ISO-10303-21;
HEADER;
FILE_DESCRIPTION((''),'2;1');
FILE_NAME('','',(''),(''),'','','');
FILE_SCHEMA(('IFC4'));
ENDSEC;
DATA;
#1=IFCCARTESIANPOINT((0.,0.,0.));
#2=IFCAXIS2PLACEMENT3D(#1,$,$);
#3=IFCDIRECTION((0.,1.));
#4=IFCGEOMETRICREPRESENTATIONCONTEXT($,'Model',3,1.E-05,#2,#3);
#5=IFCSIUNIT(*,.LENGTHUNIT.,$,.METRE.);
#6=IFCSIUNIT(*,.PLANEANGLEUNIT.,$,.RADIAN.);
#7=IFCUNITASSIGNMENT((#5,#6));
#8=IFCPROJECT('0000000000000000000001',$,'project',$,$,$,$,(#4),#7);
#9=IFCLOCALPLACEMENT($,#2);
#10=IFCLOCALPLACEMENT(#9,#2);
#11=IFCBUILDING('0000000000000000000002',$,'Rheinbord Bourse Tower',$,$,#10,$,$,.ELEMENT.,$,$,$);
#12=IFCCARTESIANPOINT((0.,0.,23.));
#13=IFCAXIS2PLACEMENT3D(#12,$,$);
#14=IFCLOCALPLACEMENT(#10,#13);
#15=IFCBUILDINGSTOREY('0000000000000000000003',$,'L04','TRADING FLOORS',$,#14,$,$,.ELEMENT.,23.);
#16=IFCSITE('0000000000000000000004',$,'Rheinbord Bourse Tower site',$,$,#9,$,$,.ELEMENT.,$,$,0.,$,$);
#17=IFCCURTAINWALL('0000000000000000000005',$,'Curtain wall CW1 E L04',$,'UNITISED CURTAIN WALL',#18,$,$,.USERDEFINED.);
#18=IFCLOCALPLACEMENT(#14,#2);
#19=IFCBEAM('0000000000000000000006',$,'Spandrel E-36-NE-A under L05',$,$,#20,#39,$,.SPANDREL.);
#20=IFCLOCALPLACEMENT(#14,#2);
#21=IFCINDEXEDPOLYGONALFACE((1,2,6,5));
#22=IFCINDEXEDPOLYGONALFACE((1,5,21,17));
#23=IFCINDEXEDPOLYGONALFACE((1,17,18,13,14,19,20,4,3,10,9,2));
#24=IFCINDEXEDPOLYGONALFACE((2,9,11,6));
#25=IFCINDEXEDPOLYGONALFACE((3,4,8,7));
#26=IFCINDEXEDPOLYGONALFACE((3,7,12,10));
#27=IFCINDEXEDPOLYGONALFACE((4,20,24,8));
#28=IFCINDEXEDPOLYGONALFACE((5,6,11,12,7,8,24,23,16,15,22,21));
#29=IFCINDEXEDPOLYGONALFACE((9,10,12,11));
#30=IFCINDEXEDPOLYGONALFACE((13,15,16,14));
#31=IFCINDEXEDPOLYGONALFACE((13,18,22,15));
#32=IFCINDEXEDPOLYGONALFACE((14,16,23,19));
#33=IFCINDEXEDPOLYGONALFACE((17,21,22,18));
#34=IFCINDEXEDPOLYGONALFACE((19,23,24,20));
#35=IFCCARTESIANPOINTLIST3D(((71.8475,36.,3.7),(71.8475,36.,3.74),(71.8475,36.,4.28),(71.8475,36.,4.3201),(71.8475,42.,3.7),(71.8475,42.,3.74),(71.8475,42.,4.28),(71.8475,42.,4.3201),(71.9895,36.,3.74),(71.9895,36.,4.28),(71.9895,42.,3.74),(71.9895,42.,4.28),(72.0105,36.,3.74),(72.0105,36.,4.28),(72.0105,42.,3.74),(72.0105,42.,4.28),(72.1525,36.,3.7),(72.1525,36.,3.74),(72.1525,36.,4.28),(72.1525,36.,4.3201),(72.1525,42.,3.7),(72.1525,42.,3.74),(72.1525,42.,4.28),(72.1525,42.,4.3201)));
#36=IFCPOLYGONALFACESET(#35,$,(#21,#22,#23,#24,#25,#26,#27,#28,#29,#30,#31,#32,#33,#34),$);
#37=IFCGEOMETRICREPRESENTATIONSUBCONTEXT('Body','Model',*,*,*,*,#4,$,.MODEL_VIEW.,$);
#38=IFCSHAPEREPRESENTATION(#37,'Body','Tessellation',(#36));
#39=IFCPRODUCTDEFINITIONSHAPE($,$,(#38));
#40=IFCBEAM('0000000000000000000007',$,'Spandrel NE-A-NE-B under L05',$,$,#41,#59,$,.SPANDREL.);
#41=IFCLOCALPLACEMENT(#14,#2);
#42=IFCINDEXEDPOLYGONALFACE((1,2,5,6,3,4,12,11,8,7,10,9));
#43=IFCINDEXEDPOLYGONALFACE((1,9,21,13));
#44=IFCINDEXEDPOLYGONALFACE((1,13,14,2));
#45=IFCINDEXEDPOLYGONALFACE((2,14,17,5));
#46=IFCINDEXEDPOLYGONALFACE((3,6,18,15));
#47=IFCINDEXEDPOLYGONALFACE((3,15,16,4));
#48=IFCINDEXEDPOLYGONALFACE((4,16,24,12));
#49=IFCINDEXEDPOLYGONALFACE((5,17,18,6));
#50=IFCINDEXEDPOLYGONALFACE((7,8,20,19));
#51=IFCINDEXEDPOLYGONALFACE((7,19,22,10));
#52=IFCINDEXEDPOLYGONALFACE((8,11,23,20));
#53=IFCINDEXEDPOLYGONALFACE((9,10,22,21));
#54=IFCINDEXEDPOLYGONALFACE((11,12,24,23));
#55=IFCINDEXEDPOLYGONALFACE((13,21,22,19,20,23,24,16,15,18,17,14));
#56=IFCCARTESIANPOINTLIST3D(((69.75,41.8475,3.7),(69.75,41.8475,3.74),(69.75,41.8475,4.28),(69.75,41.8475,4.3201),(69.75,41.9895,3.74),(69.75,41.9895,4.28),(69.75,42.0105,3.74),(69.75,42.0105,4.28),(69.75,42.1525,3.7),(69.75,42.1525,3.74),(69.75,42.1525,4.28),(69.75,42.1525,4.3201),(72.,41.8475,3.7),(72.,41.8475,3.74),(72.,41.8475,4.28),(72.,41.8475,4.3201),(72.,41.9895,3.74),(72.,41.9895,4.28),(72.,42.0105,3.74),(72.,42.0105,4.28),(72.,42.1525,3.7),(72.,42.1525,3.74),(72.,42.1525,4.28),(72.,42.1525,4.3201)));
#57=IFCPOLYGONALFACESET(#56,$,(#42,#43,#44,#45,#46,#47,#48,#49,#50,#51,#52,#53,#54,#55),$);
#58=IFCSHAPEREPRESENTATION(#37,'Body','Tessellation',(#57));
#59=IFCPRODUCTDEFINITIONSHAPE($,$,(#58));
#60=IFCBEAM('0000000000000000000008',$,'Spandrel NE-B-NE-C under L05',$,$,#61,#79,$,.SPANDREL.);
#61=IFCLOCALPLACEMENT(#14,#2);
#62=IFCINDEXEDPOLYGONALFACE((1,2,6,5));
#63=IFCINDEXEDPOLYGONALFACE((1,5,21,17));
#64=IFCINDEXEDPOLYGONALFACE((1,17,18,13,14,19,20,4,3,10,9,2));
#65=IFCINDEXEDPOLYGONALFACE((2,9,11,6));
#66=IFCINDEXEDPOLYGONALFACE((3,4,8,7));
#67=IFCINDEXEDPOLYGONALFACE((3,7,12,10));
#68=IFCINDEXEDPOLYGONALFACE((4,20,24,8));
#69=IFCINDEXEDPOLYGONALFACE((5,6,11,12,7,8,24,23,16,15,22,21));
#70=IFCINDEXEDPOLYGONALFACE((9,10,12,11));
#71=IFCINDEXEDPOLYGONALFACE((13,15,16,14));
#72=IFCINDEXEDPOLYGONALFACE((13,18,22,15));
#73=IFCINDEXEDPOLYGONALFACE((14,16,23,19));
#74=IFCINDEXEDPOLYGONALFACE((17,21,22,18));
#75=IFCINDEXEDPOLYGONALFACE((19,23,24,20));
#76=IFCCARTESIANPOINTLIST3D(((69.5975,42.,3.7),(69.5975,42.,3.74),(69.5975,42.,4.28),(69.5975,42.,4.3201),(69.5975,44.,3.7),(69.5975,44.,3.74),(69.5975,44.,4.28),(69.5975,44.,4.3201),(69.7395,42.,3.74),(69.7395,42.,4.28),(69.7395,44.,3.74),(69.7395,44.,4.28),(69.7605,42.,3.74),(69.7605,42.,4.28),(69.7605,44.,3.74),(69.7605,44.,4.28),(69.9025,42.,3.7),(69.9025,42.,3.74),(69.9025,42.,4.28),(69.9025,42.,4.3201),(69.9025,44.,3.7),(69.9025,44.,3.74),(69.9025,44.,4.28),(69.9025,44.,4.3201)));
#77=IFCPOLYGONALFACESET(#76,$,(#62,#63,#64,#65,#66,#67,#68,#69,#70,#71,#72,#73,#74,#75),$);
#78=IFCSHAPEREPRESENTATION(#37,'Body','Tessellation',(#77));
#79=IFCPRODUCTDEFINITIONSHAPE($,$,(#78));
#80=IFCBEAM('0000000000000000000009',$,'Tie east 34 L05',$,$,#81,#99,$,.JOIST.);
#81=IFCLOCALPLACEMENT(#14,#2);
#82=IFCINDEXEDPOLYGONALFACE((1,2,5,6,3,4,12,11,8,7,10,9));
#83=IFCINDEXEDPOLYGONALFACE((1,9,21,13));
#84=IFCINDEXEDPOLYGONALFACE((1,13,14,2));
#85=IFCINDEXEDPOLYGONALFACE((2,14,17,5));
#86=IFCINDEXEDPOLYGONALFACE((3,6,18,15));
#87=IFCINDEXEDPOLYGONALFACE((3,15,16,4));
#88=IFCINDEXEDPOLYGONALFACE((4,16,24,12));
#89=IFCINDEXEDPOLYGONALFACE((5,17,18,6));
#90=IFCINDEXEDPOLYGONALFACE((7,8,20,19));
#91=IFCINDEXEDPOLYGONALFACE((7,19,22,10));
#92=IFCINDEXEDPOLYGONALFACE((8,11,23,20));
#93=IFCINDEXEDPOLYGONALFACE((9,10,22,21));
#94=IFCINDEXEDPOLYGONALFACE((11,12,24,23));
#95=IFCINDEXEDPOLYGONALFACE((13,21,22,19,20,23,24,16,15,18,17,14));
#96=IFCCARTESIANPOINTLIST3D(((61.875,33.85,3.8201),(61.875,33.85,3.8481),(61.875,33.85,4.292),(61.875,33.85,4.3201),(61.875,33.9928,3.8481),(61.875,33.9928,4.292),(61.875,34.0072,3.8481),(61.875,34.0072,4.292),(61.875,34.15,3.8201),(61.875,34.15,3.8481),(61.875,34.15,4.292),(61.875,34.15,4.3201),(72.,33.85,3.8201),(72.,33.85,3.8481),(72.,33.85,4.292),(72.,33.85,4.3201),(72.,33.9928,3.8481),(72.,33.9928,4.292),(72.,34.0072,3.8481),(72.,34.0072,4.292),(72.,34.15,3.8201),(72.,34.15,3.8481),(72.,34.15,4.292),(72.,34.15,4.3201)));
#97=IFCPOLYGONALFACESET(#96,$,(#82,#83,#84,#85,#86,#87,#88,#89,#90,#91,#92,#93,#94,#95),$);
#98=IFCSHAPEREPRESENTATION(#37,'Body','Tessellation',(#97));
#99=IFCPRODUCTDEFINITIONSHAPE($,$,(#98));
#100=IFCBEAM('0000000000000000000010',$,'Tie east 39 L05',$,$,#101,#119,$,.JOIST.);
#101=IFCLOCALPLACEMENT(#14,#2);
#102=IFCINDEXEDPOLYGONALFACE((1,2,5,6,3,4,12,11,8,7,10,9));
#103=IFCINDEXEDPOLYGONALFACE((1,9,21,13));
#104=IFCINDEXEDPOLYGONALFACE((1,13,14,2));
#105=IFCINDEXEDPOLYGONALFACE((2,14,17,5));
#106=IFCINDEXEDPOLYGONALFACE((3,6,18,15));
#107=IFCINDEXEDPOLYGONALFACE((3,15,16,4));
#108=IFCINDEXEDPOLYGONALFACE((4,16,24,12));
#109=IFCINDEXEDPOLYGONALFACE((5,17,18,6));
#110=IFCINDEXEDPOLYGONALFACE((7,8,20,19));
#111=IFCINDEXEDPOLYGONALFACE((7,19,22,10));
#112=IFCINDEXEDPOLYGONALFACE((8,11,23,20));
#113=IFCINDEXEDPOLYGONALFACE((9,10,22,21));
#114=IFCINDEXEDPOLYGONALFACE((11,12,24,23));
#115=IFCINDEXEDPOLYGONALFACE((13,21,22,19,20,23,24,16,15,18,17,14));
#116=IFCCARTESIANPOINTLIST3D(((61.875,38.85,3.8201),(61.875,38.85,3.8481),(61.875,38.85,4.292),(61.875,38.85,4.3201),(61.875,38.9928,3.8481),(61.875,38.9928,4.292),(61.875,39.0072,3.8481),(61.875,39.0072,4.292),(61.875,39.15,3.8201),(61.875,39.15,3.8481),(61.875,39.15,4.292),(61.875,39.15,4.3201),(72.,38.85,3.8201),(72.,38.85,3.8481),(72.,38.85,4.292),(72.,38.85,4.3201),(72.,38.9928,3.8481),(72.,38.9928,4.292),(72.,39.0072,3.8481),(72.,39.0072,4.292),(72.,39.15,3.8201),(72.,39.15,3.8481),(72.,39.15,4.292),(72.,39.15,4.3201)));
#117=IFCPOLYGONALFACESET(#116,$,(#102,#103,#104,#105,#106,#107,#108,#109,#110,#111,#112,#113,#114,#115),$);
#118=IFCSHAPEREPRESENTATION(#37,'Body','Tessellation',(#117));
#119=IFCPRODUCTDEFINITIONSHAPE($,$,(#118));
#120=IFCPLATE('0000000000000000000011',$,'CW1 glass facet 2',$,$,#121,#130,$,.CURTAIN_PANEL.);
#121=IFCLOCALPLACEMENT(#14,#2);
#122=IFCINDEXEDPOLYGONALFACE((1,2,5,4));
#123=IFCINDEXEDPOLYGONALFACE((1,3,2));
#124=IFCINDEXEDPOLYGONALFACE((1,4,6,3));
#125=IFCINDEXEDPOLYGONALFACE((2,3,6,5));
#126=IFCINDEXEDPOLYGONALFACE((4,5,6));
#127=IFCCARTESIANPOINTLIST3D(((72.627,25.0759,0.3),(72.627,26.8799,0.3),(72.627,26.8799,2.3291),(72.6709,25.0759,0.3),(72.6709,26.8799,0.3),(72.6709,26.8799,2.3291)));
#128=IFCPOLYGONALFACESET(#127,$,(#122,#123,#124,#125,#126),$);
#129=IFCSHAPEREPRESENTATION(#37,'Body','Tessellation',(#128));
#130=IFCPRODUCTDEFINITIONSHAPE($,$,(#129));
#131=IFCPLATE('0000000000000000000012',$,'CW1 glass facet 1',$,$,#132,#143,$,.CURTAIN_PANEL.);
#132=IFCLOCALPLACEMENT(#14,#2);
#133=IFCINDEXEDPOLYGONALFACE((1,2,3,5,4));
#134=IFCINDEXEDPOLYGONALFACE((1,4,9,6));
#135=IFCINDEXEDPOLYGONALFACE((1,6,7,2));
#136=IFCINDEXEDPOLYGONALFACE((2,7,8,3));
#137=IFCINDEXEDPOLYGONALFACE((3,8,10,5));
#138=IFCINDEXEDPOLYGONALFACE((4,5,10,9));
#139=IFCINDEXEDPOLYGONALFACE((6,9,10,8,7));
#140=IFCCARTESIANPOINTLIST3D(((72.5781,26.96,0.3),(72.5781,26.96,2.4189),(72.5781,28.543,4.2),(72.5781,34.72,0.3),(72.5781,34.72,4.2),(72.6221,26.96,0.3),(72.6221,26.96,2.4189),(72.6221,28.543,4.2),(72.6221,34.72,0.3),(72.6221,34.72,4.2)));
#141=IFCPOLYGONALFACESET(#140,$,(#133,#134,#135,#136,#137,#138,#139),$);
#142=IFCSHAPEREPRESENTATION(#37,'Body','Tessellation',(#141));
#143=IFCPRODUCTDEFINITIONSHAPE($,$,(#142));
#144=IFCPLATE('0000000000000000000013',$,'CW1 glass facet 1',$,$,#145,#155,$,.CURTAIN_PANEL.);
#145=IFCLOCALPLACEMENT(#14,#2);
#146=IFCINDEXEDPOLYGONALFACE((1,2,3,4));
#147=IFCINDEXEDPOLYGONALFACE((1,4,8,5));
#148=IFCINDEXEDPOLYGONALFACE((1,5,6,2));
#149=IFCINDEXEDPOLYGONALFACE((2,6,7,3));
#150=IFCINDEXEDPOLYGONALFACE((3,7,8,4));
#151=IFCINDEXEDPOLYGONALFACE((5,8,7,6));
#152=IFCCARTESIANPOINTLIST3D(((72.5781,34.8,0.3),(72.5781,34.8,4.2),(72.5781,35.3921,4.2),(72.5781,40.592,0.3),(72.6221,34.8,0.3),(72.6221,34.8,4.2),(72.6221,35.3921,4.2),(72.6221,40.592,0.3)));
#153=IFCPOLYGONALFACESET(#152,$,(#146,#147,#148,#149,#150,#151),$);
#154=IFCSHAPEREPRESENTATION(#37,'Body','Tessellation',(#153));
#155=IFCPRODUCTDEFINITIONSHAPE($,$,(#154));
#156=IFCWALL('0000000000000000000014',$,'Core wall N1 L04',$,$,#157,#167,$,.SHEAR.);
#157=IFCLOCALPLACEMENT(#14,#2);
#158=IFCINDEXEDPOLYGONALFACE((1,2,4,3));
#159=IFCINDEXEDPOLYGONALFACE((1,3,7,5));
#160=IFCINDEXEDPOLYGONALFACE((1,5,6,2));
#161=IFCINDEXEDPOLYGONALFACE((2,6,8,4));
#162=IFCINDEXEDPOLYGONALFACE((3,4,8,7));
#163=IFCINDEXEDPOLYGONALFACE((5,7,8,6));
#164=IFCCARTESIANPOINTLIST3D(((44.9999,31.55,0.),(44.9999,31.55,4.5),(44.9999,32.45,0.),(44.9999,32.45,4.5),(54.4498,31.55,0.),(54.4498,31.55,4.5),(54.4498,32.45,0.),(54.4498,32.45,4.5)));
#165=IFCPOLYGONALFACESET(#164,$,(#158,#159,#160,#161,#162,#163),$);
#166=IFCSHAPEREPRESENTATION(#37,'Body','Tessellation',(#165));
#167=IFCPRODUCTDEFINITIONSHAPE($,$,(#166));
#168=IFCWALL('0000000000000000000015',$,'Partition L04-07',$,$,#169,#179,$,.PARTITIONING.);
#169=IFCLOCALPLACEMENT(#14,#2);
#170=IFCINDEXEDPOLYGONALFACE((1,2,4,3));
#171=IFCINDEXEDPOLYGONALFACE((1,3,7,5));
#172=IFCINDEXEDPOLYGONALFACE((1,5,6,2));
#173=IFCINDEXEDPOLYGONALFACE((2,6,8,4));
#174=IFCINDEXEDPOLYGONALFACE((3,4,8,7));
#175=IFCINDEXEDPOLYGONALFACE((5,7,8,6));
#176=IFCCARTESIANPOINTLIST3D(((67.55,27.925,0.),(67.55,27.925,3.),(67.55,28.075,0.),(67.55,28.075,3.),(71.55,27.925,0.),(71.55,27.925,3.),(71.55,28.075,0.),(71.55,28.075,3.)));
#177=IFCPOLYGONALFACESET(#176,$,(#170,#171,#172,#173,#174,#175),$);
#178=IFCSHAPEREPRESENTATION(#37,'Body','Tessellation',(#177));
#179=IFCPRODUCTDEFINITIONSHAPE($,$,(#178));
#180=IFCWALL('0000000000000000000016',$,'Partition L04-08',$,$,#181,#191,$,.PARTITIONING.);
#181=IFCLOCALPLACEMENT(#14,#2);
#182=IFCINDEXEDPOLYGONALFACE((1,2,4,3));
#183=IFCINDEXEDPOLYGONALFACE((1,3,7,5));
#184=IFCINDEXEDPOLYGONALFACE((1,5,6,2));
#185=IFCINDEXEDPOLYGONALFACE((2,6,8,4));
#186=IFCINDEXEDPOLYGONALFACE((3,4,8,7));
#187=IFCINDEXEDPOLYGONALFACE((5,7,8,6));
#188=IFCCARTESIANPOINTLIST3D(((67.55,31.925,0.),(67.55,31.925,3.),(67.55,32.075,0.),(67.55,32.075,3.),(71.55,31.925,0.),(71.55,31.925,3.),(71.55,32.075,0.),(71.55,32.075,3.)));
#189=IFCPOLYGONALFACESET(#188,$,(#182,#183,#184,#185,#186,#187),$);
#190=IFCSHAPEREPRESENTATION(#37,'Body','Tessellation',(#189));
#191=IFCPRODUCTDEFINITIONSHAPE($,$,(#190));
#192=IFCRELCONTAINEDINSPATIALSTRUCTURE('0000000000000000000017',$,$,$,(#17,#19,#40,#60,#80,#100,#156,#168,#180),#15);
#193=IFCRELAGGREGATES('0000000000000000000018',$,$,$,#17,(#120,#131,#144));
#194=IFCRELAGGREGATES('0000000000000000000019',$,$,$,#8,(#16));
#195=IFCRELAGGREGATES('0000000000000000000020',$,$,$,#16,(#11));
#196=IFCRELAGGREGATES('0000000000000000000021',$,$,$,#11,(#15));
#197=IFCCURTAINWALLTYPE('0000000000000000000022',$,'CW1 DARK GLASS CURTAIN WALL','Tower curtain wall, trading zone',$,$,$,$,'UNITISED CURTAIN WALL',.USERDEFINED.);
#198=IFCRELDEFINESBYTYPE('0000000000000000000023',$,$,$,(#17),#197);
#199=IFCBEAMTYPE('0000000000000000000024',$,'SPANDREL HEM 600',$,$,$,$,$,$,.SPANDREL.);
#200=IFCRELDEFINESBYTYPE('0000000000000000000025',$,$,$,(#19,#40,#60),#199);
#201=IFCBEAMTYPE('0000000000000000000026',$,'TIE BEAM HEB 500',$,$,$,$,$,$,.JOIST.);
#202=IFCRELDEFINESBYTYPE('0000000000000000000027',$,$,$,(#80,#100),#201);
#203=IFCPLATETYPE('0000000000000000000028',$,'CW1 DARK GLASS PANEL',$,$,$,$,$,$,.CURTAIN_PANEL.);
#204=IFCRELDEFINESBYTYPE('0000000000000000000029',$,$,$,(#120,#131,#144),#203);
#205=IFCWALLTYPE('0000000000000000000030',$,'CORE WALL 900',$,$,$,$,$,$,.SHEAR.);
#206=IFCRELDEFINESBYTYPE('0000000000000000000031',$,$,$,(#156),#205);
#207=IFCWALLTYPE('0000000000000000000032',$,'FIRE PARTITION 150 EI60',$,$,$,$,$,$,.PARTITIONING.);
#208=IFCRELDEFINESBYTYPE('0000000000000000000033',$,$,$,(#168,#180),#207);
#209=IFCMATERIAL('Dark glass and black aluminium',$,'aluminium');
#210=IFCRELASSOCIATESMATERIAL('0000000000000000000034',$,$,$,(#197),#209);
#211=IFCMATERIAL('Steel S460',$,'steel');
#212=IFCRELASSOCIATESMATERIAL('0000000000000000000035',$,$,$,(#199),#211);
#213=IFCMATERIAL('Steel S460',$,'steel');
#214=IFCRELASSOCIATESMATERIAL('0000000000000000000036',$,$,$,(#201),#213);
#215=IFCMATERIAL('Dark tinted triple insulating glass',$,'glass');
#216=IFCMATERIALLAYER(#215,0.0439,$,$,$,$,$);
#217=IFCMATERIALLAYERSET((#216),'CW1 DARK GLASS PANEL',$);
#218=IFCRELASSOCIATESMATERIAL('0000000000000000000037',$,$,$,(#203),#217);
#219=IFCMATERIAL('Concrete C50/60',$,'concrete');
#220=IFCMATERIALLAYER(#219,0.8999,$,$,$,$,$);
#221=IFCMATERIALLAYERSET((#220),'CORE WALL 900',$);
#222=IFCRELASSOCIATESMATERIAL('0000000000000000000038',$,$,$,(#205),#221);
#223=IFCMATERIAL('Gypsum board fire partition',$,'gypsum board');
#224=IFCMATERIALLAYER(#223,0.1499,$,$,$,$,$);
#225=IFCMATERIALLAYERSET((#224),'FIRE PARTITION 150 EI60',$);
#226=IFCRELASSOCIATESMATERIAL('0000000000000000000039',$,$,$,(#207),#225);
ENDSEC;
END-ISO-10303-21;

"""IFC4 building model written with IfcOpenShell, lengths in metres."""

from ifc_helpers import new_model, si_unit, direction, frame, frame_2d, origin, origin_2d, place, context, subcontext, project, spatial, polyline, rectangle, i_section, outline, extrude, material, layer, layer_set, material_profile, profile_set, type_object, element, aggregate, save


model = new_model("IFC4")

# Units and contexts
model_context = context("Model", 3, precision=1e-05, world=origin(), true_north=direction((0.0, 1.0)))
body_context = subcontext(model_context, "Body", "Model", "MODEL_VIEW")
ifc_project = project(units=[si_unit("LENGTHUNIT", "METRE"), si_unit("PLANEANGLEUNIT", "RADIAN")], contexts=[model_context])

# Site, building, storey
site_placement = place(None, origin())
site = spatial("IfcSite", under=ifc_project, at=site_placement, Name="Rheinbord Bourse Tower site", CompositionType="ELEMENT", RefElevation=0.0)
building_placement = place(site_placement, origin())
building = spatial("IfcBuilding", under=site, at=building_placement, Name="Rheinbord Bourse Tower", CompositionType="ELEMENT")
storey_placement = place(building_placement, frame((0.0, 0.0, 23.0)))
storey = spatial("IfcBuildingStorey", under=building, at=storey_placement, Name="L04", Description="TRADING FLOORS", CompositionType="ELEMENT", Elevation=23.0)

# Curtain wall
ifc_material_1 = material(Name="Dark glass and black aluminium", Category="aluminium")
curtain_wall_type = type_object("IfcCurtainWallType", Name="CW1 DARK GLASS CURTAIN WALL", Description="Tower curtain wall, trading zone", ElementType="UNITISED CURTAIN WALL", PredefinedType="USERDEFINED", material=ifc_material_1)
curtain_wall_placement = place(storey_placement, origin())
curtain_wall = element("IfcCurtainWall", 1, at=curtain_wall_placement, inside=storey, type_object=curtain_wall_type, Name="Curtain wall CW1 E L04", ObjectType="UNITISED CURTAIN WALL", PredefinedType="USERDEFINED")

# Beams
ifc_material_2 = material(Name="Steel S460", Category="steel")
ifc_material_profile_1 = material_profile(ifc_material_2, i_section(OverallWidth=0.3049, OverallDepth=0.6201, WebThickness=0.021, FlangeThickness=0.04, at=origin_2d()), Name="HEM 600")
ifc_profile_set_1 = profile_set([ifc_material_profile_1], Name="Steel S460")
beam_type_1 = type_object("IfcBeamType", Name="SPANDREL HEM 600", PredefinedType="SPANDREL", material=ifc_profile_set_1)
beam_1_placement = place(storey_placement, frame((72.0, 36.0, 4.01), z_axis=(0.0, 1.0, 0.0), x_axis=(-1.0, 0.0, 0.0)))
element("IfcBeam", 2, at=beam_1_placement, inside=storey, type_object=beam_type_1, Name="Spandrel E-36-NE-A under L05", PredefinedType="SPANDREL", context=body_context, shape_type="SweptSolid", body=[
    extrude(i_section(OverallWidth=0.3049, OverallDepth=0.6201, WebThickness=0.021, FlangeThickness=0.04, at=origin_2d()), origin(), (0.0, 0.0, 1.0), 6.0),
])
beam_2_placement = place(storey_placement, frame((72.0, 42.0, 4.01), z_axis=(-1.0, 0.0, 0.0), x_axis=(0.0, -1.0, 0.0)))
element("IfcBeam", 3, at=beam_2_placement, inside=storey, type_object=beam_type_1, Name="Spandrel NE-A-NE-B under L05", PredefinedType="SPANDREL", context=body_context, shape_type="SweptSolid", body=[
    extrude(i_section(OverallWidth=0.3049, OverallDepth=0.6201, WebThickness=0.021, FlangeThickness=0.04, at=origin_2d()), origin(), (0.0, 0.0, 1.0), 2.25),
])
beam_3_placement = place(storey_placement, frame((69.75, 42.0, 4.01), z_axis=(0.0, 1.0, 0.0), x_axis=(-1.0, 0.0, 0.0)))
element("IfcBeam", 4, at=beam_3_placement, inside=storey, type_object=beam_type_1, Name="Spandrel NE-B-NE-C under L05", PredefinedType="SPANDREL", context=body_context, shape_type="SweptSolid", body=[
    extrude(i_section(OverallWidth=0.3049, OverallDepth=0.6201, WebThickness=0.021, FlangeThickness=0.04, at=origin_2d()), origin(), (0.0, 0.0, 1.0), 2.0),
])
ifc_material_3 = material(Name="Steel S460", Category="steel")
ifc_material_profile_2 = material_profile(ifc_material_3, i_section(OverallWidth=0.3, OverallDepth=0.5, WebThickness=0.0144, FlangeThickness=0.0281, at=origin_2d()), Name="HEB 500")
ifc_profile_set_2 = profile_set([ifc_material_profile_2], Name="Steel S460")
beam_type_2 = type_object("IfcBeamType", Name="TIE BEAM HEB 500", PredefinedType="JOIST", material=ifc_profile_set_2)
for number, where, z_axis, x_axis, name in (
    (5, (61.875, 34.0, 4.0701), (1.0, 0.0, 0.0), (0.0, 1.0, 0.0), "Tie east 34 L05"),
    (6, (61.875, 39.0, 4.0701), (1.0, 0.0, 0.0), (0.0, 1.0, 0.0), "Tie east 39 L05"),
):
    element("IfcBeam", number, at=place(storey_placement, frame(where, z_axis=z_axis, x_axis=x_axis)), inside=storey, type_object=beam_type_2, Name=name, PredefinedType="JOIST", context=body_context, shape_type="SweptSolid", body=[
        extrude(i_section(OverallWidth=0.3, OverallDepth=0.5, WebThickness=0.0144, FlangeThickness=0.0281, at=origin_2d()), origin(), (0.0, 0.0, 1.0), 10.125),
    ])

# Plates
ifc_material_4 = material(Name="Dark tinted triple insulating glass", Category="glass")
ifc_layer_1 = layer(ifc_material_4, 0.0439)
ifc_layer_set_1 = layer_set([ifc_layer_1], Name="CW1 DARK GLASS PANEL")
plate_type = type_object("IfcPlateType", Name="CW1 DARK GLASS PANEL", PredefinedType="CURTAIN_PANEL", material=ifc_layer_set_1)
plate_1_placement = place(storey_placement, frame((72.6709, 26.8799, 0.3), z_axis=(-1.0, 0.0, 0.0), x_axis=(0.0, -1.0, 0.0)))
plate_1 = element("IfcPlate", 7, at=plate_1_placement, type_object=plate_type, Name="CW1 glass facet 2", PredefinedType="CURTAIN_PANEL", context=body_context, shape_type="SweptSolid", body=[
    extrude(outline(polyline([(0.0, 0.0), (1.804, 0.0), (0.0, 2.0291), (0.0, 0.0)])), origin(), (0.0, 0.0, 1.0), 0.0439),
])
plate_2_placement = place(storey_placement, frame((72.6221, 34.72, 4.2), z_axis=(-1.0, 0.0, 0.0), x_axis=(0.0, 0.0, -1.0)))
plate_2 = element("IfcPlate", 8, at=plate_2_placement, type_object=plate_type, Name="CW1 glass facet 1", PredefinedType="CURTAIN_PANEL", context=body_context, shape_type="SweptSolid", body=[
    extrude(outline(polyline([(0.0, 0.0), (3.8999, 0.0), (3.8999, 7.76), (1.781, 7.76), (0.0, 6.177), (0.0, 0.0)])), origin(), (0.0, 0.0, 1.0), 0.0439),
])
plate_3_placement = place(storey_placement, frame((72.6221, 34.8, 0.3), z_axis=(-1.0, 0.0, 0.0), x_axis=(0.0, 0.0, 1.0)))
plate_3 = element("IfcPlate", 9, at=plate_3_placement, type_object=plate_type, Name="CW1 glass facet 1", PredefinedType="CURTAIN_PANEL", context=body_context, shape_type="SweptSolid", body=[
    extrude(outline(polyline([(0.0, 0.0), (3.8999, 0.0), (3.8999, 0.592), (0.0, 5.792), (0.0, 0.0)])), origin(), (0.0, 0.0, 1.0), 0.0439),
])
aggregate(curtain_wall, [plate_1, plate_2, plate_3])

# Walls
ifc_material_5 = material(Name="Concrete C50/60", Category="concrete")
ifc_layer_2 = layer(ifc_material_5, 0.8999)
ifc_layer_set_2 = layer_set([ifc_layer_2], Name="CORE WALL 900")
wall_type_1 = type_object("IfcWallType", Name="CORE WALL 900", PredefinedType="SHEAR", material=ifc_layer_set_2)
wall_1_placement = place(storey_placement, frame((54.45, 32.0, 0.0), z_axis=(0.0, 0.0, 1.0), x_axis=(-1.0, 0.0, 0.0)))
element("IfcWall", 10, at=wall_1_placement, inside=storey, type_object=wall_type_1, Name="Core wall N1 L04", PredefinedType="SHEAR", context=body_context, shape_type="SweptSolid", body=[
    extrude(rectangle(XDim=9.45, YDim=0.8999, at=frame_2d((4.7251, 0.0))), origin(), (0.0, 0.0, 1.0), 4.5),
])
ifc_material_6 = material(Name="Gypsum board fire partition", Category="gypsum board")
ifc_layer_3 = layer(ifc_material_6, 0.1499)
ifc_layer_set_3 = layer_set([ifc_layer_3], Name="FIRE PARTITION 150 EI60")
wall_type_2 = type_object("IfcWallType", Name="FIRE PARTITION 150 EI60", PredefinedType="PARTITIONING", material=ifc_layer_set_3)
for number, where, z_axis, x_axis, name in (
    (11, (67.55, 28.0, 0.0), (0.0, 0.0, 1.0), (1.0, 0.0, 0.0), "Partition L04-07"),
    (12, (67.55, 32.0, 0.0), (0.0, 0.0, 1.0), (1.0, 0.0, 0.0), "Partition L04-08"),
):
    element("IfcWall", number, at=place(storey_placement, frame(where, z_axis=z_axis, x_axis=x_axis)), inside=storey, type_object=wall_type_2, Name=name, PredefinedType="PARTITIONING", context=body_context, shape_type="SweptSolid", body=[
        extrude(rectangle(XDim=4.0, YDim=0.1499, at=frame_2d((2.0, 0.0))), origin(), (0.0, 0.0, 1.0), 3.0),
    ])

save(model, "model.ifc")
